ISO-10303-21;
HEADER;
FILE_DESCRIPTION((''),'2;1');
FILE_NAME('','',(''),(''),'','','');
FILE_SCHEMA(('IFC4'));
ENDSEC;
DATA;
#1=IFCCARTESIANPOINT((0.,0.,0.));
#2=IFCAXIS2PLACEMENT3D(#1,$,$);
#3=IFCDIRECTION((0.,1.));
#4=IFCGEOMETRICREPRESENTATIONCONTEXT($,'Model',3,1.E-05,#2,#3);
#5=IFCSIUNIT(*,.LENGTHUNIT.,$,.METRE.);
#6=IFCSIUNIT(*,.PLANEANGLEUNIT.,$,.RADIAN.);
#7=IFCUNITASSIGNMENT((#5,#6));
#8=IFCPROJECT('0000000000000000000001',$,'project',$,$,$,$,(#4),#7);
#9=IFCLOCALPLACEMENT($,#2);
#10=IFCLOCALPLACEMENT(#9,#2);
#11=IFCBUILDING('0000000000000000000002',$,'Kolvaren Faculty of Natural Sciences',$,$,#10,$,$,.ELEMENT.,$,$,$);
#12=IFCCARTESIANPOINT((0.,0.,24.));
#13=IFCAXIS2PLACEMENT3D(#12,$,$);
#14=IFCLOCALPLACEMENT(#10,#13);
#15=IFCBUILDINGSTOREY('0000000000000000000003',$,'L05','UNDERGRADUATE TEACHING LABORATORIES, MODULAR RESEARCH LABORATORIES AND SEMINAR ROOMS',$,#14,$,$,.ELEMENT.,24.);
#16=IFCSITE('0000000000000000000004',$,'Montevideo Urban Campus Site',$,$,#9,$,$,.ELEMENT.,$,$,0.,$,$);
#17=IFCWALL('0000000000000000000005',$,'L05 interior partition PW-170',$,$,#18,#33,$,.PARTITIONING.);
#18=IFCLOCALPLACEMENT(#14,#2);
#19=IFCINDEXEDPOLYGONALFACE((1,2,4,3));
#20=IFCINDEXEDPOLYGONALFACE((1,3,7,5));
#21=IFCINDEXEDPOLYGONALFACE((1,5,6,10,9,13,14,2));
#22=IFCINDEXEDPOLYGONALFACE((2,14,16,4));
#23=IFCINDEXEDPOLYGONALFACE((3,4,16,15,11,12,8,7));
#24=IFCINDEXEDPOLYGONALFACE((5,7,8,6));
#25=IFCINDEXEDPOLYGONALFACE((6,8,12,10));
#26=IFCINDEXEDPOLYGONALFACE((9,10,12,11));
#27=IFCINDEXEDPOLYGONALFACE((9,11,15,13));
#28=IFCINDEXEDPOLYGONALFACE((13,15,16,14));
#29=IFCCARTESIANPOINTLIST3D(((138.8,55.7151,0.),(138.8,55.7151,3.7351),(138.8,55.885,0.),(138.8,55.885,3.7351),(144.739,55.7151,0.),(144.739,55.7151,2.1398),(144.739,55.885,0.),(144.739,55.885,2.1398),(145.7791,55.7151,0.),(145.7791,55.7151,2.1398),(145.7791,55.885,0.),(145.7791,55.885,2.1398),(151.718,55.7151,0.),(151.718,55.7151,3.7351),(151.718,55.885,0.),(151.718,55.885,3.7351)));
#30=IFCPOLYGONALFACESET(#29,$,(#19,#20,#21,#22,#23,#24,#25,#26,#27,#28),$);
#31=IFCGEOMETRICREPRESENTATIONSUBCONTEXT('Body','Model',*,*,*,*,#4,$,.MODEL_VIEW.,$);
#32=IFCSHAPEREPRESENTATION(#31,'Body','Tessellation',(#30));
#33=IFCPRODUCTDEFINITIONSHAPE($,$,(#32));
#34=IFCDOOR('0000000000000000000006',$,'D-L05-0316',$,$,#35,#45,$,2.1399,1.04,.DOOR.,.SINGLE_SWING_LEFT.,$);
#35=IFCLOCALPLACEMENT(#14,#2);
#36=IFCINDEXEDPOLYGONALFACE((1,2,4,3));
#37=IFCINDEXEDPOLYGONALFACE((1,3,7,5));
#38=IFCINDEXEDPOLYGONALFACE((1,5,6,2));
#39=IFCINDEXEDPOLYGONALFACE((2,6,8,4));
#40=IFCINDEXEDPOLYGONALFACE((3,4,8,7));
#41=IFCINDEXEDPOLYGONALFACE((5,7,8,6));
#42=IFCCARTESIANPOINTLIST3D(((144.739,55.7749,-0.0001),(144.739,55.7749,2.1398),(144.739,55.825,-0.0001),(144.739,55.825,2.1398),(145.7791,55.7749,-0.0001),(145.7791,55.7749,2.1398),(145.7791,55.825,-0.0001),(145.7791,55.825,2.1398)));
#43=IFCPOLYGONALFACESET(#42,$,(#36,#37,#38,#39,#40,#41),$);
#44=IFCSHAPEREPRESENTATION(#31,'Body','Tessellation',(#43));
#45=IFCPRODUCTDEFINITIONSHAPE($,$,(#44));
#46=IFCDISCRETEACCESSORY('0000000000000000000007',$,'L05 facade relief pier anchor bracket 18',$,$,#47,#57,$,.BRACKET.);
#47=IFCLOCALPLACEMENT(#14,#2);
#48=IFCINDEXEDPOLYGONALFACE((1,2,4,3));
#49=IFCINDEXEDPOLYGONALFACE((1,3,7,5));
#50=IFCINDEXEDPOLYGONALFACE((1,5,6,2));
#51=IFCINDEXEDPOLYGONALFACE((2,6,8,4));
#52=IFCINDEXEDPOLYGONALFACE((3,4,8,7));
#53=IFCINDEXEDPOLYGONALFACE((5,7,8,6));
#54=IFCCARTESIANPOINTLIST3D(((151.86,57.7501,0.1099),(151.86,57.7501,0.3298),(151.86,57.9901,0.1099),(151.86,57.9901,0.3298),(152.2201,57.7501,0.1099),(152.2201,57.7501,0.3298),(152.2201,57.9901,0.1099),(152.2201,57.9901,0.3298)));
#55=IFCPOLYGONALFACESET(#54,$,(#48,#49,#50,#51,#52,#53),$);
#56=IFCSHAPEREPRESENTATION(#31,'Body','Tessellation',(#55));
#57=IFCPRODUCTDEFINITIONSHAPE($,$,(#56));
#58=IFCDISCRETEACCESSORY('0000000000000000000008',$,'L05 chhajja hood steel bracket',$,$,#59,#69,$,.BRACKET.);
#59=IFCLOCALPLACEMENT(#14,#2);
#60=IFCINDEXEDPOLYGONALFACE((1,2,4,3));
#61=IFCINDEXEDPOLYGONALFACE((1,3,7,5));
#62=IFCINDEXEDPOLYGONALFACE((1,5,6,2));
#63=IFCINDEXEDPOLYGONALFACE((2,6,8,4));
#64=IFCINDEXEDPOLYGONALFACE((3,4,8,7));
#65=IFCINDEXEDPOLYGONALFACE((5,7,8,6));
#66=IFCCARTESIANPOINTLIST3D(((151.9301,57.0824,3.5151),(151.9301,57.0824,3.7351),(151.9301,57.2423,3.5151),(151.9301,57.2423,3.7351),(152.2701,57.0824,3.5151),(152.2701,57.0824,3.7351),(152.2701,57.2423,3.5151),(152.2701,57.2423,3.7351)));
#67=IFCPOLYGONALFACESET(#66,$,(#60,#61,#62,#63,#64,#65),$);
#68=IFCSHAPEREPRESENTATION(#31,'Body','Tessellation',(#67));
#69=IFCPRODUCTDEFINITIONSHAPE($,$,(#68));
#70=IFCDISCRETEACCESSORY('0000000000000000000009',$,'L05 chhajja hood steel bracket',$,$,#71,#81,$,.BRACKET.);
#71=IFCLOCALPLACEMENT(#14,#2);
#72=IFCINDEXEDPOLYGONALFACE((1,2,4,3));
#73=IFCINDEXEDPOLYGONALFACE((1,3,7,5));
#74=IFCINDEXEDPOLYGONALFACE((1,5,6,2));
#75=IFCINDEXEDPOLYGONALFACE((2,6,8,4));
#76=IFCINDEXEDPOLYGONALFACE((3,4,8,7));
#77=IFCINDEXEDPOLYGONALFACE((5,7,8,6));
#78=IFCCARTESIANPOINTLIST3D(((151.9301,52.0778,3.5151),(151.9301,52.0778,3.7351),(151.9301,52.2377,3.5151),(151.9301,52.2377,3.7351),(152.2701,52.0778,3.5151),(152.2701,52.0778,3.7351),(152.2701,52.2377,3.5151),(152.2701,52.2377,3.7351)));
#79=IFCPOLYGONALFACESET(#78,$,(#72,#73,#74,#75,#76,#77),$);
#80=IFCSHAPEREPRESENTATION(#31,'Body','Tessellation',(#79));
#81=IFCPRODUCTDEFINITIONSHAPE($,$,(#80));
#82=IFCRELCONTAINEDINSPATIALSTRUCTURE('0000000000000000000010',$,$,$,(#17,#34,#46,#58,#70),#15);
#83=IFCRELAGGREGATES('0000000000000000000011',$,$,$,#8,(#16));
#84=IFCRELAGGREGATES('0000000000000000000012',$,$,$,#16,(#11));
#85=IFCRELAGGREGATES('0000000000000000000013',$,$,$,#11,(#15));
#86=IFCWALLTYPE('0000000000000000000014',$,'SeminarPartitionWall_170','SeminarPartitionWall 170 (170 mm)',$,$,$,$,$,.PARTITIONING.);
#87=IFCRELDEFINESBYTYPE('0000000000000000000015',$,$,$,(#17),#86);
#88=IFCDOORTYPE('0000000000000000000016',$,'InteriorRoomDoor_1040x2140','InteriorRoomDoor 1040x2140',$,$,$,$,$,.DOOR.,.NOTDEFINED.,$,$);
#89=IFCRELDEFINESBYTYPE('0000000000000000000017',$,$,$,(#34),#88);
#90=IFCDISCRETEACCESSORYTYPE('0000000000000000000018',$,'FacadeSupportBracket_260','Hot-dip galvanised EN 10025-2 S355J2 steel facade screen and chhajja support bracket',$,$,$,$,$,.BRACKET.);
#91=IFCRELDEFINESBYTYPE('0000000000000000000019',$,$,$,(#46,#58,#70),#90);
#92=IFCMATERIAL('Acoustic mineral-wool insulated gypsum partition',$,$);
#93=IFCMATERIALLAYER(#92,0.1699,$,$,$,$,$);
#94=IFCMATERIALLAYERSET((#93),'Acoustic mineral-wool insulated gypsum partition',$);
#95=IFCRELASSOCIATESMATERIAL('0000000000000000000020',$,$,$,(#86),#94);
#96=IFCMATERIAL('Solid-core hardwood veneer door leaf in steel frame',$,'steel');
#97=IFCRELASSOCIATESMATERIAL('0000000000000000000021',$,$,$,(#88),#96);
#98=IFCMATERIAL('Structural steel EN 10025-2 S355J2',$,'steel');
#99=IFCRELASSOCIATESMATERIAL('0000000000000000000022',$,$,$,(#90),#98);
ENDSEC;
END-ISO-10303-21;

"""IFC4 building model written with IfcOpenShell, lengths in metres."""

from ifc_helpers import new_model, si_unit, direction, frame, frame_2d, origin, origin_2d, place, context, subcontext, project, spatial, rectangle, extrude, material, layer, layer_set, type_object, element, fill, save


model = new_model("IFC4")

# Units and contexts
model_context = context("Model", 3, precision=1e-05, world=origin(), true_north=direction((0.0, 1.0)))
body_context = subcontext(model_context, "Body", "Model", "MODEL_VIEW")
ifc_project = project(units=[si_unit("LENGTHUNIT", "METRE"), si_unit("PLANEANGLEUNIT", "RADIAN")], contexts=[model_context])

# Site, building, storey
site_placement = place(None, origin())
site = spatial("IfcSite", under=ifc_project, at=site_placement, Name="Montevideo Urban Campus Site", CompositionType="ELEMENT", RefElevation=0.0)
building_placement = place(site_placement, origin())
building = spatial("IfcBuilding", under=site, at=building_placement, Name="Kolvaren Faculty of Natural Sciences", CompositionType="ELEMENT")
storey_placement = place(building_placement, frame((0.0, 0.0, 24.0)))
storey = spatial("IfcBuildingStorey", under=building, at=storey_placement, Name="L05", Description="UNDERGRADUATE TEACHING LABORATORIES, MODULAR RESEARCH LABORATORIES AND SEMINAR ROOMS", CompositionType="ELEMENT", Elevation=24.0)

# Shared definitions
ifc_material_1 = material(Name="Acoustic mineral-wool insulated gypsum partition")
ifc_material_2 = material(Name="Solid-core hardwood veneer door leaf in steel frame", Category="steel")

# Wall, opening, door
ifc_layer_1 = layer(ifc_material_1, 0.1699)
ifc_layer_set_1 = layer_set([ifc_layer_1], Name="Acoustic mineral-wool insulated gypsum partition")
wall_type_1 = type_object("IfcWallType", Name="SeminarPartitionWall_170", Description="SeminarPartitionWall 170 (170 mm)", PredefinedType="PARTITIONING", material=ifc_layer_set_1)
wall_1_placement = place(storey_placement, frame((138.8, 55.8, 0.0), z_axis=(0.0, 0.0, 1.0), x_axis=(1.0, 0.0, 0.0)))
wall_1 = element("IfcWall", 1, at=wall_1_placement, inside=storey, type_object=wall_type_1, Name="L05 interior partition PW-170", PredefinedType="PARTITIONING", context=body_context, shape_type="SweptSolid", body=[
    extrude(rectangle(XDim=12.918, YDim=0.1699, at=frame_2d((6.459, 0.0))), origin(), (0.0, 0.0, 1.0), 3.7351),
])
opening_1_placement = place(wall_1_placement, frame((5.939, 0.0, 0.0)))
opening_1 = element("IfcOpeningElement", 2, at=opening_1_placement, cuts=wall_1, PredefinedType="OPENING", context=body_context, shape_type="SweptSolid", body=[
    extrude(rectangle(XDim=1.04, YDim=2.1399, at=frame_2d((0.52, 1.0698))), frame((0.0, 0.095, 0.0), z_axis=(0.0, -1.0, 0.0), x_axis=(1.0, 0.0, 0.0)), (0.0, 0.0, 1.0), 0.1899),
])
door_type_1 = type_object("IfcDoorType", Name="InteriorRoomDoor_1040x2140", Description="InteriorRoomDoor 1040x2140", OperationType="NOTDEFINED", PredefinedType="DOOR", material=ifc_material_2)
door_1_placement = place(opening_1_placement, origin())
door_1 = element("IfcDoor", 3, at=door_1_placement, inside=storey, type_object=door_type_1, Name="D-L05-0316", OperationType="SINGLE_SWING_LEFT", OverallHeight=2.1399, OverallWidth=1.04, PredefinedType="DOOR", context=body_context, shape_type="SweptSolid", body=[
    extrude(rectangle(XDim=1.04, YDim=2.1399, at=frame_2d((0.52, 1.0698))), frame((0.0, 0.0249, 0.0), z_axis=(0.0, -1.0, 0.0), x_axis=(1.0, 0.0, 0.0)), (0.0, 0.0, 1.0), 0.05),
])
fill(opening_1, door_1)

# Discrete accessories
ifc_material_3 = material(Name="Structural steel EN 10025-2 S355J2", Category="steel")
discrete_accessory_type = type_object("IfcDiscreteAccessoryType", Name="FacadeSupportBracket_260", Description="Hot-dip galvanised EN 10025-2 S355J2 steel facade screen and chhajja support bracket", PredefinedType="BRACKET", material=ifc_material_3)
discrete_accessory_placement = place(storey_placement, frame((152.04, 57.8701, 0.1099), z_axis=(0.0, 0.0, 1.0), x_axis=(0.0, -1.0, 0.0)))
element("IfcDiscreteAccessory", 4, at=discrete_accessory_placement, inside=storey, type_object=discrete_accessory_type, Name="L05 facade relief pier anchor bracket 18", PredefinedType="BRACKET", context=body_context, shape_type="SweptSolid", body=[
    extrude(rectangle(XDim=0.24, YDim=0.3601, at=origin_2d()), origin(), (0.0, 0.0, 1.0), 0.22),
])
for number, where, z_axis, x_axis, name in (
    (5, (152.1001, 57.1624, 3.5151), (0.0, 0.0, 1.0), (0.0, -1.0, 0.0), "L05 chhajja hood steel bracket"),
    (6, (152.1001, 52.1577, 3.5151), (0.0, 0.0, 1.0), (0.0, -1.0, 0.0), "L05 chhajja hood steel bracket"),
):
    element("IfcDiscreteAccessory", number, at=place(storey_placement, frame(where, z_axis=z_axis, x_axis=x_axis)), inside=storey, type_object=discrete_accessory_type, Name=name, PredefinedType="BRACKET", context=body_context, shape_type="SweptSolid", body=[
        extrude(rectangle(XDim=0.1599, YDim=0.3401, at=origin_2d()), origin(), (0.0, 0.0, 1.0), 0.22),
    ])

save(model, "model.ifc")
